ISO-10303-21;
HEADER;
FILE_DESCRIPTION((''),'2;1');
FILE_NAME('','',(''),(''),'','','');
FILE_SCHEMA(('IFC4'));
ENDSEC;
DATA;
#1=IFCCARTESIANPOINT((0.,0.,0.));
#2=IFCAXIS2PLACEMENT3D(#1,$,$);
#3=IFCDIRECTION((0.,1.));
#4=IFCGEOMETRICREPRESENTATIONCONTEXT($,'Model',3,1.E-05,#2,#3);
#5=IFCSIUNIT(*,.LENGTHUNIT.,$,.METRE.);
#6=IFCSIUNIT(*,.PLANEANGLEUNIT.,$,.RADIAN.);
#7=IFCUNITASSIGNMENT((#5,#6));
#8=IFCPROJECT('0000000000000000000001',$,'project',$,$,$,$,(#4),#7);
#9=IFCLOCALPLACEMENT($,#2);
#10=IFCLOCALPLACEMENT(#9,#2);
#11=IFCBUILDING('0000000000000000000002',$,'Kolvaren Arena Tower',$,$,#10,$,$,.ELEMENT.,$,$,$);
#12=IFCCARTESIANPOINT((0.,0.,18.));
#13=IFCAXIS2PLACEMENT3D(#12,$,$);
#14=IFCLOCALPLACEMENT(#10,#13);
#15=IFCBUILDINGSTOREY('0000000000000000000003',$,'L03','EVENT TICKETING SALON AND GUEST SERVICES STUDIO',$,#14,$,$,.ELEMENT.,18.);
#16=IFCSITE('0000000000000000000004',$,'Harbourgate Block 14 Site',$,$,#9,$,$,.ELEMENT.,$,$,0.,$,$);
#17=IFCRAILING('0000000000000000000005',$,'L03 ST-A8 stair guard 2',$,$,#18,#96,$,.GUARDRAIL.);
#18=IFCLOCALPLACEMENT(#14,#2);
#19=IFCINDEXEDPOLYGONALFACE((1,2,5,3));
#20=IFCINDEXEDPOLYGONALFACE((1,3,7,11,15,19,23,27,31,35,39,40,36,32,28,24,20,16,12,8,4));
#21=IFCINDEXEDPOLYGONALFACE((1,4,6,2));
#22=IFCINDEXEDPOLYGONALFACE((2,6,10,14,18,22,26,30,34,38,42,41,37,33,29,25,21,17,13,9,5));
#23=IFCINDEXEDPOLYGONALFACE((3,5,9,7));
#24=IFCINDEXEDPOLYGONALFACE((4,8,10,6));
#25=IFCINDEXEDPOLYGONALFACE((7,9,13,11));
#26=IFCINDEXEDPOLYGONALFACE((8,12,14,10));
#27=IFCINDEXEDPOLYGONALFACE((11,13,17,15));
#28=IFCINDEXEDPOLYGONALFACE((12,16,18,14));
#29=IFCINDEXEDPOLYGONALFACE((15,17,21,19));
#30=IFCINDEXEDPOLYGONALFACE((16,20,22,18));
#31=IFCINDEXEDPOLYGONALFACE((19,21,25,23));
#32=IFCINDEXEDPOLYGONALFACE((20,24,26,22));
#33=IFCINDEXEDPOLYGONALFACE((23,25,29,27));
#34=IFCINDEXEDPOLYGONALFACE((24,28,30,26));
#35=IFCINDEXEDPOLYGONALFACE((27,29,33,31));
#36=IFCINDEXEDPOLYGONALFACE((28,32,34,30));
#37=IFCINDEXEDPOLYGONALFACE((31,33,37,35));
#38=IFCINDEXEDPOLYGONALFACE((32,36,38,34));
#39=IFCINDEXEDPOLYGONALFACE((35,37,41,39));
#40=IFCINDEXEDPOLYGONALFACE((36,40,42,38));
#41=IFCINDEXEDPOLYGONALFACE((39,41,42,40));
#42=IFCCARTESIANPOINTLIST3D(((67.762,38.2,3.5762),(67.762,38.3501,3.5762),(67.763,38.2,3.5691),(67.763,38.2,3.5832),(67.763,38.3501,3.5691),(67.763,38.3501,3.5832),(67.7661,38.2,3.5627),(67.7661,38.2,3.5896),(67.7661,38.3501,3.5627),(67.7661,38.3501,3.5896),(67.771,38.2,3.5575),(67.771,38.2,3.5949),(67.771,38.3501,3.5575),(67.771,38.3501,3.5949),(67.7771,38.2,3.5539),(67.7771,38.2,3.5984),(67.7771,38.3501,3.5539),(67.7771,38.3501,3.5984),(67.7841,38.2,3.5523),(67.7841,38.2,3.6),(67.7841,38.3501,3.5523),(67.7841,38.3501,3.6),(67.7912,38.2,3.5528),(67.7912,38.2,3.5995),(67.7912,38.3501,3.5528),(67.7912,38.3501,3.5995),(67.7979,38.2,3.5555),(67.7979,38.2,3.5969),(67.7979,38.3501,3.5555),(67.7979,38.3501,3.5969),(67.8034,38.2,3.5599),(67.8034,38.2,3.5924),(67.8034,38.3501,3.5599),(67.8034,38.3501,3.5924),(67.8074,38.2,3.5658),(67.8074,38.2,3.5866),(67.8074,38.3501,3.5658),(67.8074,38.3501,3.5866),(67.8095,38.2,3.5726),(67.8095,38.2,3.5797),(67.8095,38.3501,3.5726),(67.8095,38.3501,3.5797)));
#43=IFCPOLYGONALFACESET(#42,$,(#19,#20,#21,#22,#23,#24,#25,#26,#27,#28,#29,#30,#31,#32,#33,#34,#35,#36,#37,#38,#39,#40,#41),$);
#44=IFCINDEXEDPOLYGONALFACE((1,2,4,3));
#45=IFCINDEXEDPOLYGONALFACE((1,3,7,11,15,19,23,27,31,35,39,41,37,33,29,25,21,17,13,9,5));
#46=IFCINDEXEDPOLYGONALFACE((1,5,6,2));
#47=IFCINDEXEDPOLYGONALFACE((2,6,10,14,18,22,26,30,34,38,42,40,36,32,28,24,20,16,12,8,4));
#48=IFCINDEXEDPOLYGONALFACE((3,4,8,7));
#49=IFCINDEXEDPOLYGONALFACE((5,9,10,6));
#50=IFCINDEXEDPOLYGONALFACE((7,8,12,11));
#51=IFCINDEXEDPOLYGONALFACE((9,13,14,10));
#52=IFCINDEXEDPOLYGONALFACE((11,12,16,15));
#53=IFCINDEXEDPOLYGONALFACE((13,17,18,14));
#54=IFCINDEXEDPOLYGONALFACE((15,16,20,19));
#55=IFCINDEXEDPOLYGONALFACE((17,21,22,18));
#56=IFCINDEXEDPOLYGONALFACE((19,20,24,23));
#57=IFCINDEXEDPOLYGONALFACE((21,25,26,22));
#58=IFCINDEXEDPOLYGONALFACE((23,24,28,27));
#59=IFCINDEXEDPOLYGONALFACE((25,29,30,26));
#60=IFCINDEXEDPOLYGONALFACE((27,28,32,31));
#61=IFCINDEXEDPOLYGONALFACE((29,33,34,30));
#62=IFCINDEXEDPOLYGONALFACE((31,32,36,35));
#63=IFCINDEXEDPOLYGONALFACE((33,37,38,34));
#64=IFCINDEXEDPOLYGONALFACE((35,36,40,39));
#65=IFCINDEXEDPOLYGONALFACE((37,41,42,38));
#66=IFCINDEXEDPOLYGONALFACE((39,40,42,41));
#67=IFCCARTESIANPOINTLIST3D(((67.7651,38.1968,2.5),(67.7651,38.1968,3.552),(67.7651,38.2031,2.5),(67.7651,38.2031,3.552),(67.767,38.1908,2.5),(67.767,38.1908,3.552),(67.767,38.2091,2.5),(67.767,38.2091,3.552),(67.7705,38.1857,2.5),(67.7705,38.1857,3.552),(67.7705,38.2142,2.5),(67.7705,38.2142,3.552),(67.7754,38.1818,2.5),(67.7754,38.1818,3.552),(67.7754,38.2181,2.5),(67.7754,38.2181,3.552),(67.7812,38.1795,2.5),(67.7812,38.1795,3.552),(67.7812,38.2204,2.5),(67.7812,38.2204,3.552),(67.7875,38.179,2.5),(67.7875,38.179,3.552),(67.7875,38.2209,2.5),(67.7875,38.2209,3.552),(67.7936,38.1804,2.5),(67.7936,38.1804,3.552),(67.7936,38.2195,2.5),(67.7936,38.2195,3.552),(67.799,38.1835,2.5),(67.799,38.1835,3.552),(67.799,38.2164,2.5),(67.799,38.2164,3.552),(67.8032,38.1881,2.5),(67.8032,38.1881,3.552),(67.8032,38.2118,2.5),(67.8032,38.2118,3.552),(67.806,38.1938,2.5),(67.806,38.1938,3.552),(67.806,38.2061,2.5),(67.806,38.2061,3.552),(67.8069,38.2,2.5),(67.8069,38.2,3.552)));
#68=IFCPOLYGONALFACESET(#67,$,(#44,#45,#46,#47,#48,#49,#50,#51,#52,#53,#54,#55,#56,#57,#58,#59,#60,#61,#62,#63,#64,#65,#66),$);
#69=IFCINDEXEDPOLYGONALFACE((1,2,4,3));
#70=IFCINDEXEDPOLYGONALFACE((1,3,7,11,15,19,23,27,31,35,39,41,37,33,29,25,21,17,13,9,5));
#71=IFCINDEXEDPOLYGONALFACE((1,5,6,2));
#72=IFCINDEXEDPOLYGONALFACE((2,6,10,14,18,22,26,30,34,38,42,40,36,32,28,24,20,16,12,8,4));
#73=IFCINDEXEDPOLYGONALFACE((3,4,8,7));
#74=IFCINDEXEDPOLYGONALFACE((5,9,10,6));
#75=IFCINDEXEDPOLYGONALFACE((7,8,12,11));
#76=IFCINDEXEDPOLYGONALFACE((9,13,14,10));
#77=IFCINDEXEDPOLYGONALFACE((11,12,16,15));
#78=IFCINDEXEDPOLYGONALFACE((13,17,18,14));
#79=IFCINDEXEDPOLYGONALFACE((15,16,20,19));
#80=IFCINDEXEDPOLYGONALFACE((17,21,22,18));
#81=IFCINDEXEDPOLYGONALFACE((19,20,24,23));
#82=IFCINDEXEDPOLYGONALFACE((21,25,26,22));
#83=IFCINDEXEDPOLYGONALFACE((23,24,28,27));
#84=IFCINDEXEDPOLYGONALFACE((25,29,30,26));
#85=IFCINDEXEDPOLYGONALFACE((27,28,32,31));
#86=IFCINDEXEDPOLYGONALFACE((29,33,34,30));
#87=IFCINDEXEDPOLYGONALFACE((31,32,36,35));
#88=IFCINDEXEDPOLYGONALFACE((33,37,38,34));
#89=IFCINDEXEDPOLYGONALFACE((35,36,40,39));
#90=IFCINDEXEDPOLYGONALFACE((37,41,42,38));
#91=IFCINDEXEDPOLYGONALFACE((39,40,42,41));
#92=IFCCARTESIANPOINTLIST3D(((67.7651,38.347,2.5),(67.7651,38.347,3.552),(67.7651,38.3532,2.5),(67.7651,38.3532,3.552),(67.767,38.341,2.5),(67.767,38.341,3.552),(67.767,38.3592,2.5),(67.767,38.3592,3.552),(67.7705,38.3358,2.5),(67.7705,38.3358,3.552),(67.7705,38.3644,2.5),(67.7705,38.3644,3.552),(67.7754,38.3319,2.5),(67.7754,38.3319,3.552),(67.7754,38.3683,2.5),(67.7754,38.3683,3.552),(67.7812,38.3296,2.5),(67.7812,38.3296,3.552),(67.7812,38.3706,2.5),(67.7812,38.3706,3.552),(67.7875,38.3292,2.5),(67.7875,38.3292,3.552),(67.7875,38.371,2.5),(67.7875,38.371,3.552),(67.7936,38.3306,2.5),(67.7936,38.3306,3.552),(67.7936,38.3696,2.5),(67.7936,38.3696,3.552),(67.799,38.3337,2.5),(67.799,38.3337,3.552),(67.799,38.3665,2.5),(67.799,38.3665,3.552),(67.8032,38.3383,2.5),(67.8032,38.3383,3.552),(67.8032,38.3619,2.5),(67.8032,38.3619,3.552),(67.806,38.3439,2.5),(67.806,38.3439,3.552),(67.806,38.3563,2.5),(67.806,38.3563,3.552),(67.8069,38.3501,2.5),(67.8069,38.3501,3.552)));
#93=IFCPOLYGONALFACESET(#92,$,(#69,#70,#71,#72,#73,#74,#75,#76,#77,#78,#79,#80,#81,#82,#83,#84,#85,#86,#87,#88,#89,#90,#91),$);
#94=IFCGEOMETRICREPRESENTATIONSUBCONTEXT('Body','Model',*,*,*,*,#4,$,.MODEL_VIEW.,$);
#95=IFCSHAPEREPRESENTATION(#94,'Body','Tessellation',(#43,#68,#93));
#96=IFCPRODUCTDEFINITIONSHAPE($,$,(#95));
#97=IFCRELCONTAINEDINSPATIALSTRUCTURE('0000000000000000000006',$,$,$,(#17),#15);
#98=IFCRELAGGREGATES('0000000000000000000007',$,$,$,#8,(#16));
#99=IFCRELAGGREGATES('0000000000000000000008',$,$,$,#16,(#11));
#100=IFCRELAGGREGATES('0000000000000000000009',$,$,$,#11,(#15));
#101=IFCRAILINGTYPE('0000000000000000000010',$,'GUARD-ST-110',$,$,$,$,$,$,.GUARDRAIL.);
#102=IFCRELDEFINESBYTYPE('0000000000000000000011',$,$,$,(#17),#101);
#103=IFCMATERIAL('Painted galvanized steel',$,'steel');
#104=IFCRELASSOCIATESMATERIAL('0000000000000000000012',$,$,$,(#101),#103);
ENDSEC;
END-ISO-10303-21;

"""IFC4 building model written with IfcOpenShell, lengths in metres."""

from ifc_helpers import new_model, si_unit, direction, frame, origin, origin_2d, place, context, subcontext, project, spatial, circle, extrude, material, type_object, element, save


model = new_model("IFC4")

# Units and contexts
model_context = context("Model", 3, precision=1e-05, world=origin(), true_north=direction((0.0, 1.0)))
body_context = subcontext(model_context, "Body", "Model", "MODEL_VIEW")
ifc_project = project(units=[si_unit("LENGTHUNIT", "METRE"), si_unit("PLANEANGLEUNIT", "RADIAN")], contexts=[model_context])

# Site, building, storey
site_placement = place(None, origin())
site = spatial("IfcSite", under=ifc_project, at=site_placement, Name="Harbourgate Block 14 Site", CompositionType="ELEMENT", RefElevation=0.0)
building_placement = place(site_placement, origin())
building = spatial("IfcBuilding", under=site, at=building_placement, Name="Kolvaren Arena Tower", CompositionType="ELEMENT")
storey_placement = place(building_placement, frame((0.0, 0.0, 18.0)))
storey = spatial("IfcBuildingStorey", under=building, at=storey_placement, Name="L03", Description="EVENT TICKETING SALON AND GUEST SERVICES STUDIO", CompositionType="ELEMENT", Elevation=18.0)

# Railing
ifc_material_1 = material(Name="Painted galvanized steel", Category="steel")
railing_type_1 = type_object("IfcRailingType", Name="GUARD-ST-110", PredefinedType="GUARDRAIL", material=ifc_material_1)
railing_1_placement = place(storey_placement, frame((67.7859, 38.2, 2.5)))
element("IfcRailing", 1, at=railing_1_placement, inside=storey, type_object=railing_type_1, Name="L03 ST-A8 stair guard 2", PredefinedType="GUARDRAIL", context=body_context, shape_type="SweptSolid", body=[
    extrude(circle(Radius=0.0239, at=origin_2d()), frame((0.0, 0.0, 1.0762), z_axis=(0.0, 1.0, 0.0), x_axis=(-1.0, 0.0, 0.0)), (0.0, 0.0, 1.0), 0.1501),
    extrude(circle(Radius=0.021, at=origin_2d()), origin(), (0.0, 0.0, 1.0), 1.052),
    extrude(circle(Radius=0.021, at=origin_2d()), frame((0.0, 0.1501, 0.0)), (0.0, 0.0, 1.0), 1.052),
])

save(model, "model.ifc")
